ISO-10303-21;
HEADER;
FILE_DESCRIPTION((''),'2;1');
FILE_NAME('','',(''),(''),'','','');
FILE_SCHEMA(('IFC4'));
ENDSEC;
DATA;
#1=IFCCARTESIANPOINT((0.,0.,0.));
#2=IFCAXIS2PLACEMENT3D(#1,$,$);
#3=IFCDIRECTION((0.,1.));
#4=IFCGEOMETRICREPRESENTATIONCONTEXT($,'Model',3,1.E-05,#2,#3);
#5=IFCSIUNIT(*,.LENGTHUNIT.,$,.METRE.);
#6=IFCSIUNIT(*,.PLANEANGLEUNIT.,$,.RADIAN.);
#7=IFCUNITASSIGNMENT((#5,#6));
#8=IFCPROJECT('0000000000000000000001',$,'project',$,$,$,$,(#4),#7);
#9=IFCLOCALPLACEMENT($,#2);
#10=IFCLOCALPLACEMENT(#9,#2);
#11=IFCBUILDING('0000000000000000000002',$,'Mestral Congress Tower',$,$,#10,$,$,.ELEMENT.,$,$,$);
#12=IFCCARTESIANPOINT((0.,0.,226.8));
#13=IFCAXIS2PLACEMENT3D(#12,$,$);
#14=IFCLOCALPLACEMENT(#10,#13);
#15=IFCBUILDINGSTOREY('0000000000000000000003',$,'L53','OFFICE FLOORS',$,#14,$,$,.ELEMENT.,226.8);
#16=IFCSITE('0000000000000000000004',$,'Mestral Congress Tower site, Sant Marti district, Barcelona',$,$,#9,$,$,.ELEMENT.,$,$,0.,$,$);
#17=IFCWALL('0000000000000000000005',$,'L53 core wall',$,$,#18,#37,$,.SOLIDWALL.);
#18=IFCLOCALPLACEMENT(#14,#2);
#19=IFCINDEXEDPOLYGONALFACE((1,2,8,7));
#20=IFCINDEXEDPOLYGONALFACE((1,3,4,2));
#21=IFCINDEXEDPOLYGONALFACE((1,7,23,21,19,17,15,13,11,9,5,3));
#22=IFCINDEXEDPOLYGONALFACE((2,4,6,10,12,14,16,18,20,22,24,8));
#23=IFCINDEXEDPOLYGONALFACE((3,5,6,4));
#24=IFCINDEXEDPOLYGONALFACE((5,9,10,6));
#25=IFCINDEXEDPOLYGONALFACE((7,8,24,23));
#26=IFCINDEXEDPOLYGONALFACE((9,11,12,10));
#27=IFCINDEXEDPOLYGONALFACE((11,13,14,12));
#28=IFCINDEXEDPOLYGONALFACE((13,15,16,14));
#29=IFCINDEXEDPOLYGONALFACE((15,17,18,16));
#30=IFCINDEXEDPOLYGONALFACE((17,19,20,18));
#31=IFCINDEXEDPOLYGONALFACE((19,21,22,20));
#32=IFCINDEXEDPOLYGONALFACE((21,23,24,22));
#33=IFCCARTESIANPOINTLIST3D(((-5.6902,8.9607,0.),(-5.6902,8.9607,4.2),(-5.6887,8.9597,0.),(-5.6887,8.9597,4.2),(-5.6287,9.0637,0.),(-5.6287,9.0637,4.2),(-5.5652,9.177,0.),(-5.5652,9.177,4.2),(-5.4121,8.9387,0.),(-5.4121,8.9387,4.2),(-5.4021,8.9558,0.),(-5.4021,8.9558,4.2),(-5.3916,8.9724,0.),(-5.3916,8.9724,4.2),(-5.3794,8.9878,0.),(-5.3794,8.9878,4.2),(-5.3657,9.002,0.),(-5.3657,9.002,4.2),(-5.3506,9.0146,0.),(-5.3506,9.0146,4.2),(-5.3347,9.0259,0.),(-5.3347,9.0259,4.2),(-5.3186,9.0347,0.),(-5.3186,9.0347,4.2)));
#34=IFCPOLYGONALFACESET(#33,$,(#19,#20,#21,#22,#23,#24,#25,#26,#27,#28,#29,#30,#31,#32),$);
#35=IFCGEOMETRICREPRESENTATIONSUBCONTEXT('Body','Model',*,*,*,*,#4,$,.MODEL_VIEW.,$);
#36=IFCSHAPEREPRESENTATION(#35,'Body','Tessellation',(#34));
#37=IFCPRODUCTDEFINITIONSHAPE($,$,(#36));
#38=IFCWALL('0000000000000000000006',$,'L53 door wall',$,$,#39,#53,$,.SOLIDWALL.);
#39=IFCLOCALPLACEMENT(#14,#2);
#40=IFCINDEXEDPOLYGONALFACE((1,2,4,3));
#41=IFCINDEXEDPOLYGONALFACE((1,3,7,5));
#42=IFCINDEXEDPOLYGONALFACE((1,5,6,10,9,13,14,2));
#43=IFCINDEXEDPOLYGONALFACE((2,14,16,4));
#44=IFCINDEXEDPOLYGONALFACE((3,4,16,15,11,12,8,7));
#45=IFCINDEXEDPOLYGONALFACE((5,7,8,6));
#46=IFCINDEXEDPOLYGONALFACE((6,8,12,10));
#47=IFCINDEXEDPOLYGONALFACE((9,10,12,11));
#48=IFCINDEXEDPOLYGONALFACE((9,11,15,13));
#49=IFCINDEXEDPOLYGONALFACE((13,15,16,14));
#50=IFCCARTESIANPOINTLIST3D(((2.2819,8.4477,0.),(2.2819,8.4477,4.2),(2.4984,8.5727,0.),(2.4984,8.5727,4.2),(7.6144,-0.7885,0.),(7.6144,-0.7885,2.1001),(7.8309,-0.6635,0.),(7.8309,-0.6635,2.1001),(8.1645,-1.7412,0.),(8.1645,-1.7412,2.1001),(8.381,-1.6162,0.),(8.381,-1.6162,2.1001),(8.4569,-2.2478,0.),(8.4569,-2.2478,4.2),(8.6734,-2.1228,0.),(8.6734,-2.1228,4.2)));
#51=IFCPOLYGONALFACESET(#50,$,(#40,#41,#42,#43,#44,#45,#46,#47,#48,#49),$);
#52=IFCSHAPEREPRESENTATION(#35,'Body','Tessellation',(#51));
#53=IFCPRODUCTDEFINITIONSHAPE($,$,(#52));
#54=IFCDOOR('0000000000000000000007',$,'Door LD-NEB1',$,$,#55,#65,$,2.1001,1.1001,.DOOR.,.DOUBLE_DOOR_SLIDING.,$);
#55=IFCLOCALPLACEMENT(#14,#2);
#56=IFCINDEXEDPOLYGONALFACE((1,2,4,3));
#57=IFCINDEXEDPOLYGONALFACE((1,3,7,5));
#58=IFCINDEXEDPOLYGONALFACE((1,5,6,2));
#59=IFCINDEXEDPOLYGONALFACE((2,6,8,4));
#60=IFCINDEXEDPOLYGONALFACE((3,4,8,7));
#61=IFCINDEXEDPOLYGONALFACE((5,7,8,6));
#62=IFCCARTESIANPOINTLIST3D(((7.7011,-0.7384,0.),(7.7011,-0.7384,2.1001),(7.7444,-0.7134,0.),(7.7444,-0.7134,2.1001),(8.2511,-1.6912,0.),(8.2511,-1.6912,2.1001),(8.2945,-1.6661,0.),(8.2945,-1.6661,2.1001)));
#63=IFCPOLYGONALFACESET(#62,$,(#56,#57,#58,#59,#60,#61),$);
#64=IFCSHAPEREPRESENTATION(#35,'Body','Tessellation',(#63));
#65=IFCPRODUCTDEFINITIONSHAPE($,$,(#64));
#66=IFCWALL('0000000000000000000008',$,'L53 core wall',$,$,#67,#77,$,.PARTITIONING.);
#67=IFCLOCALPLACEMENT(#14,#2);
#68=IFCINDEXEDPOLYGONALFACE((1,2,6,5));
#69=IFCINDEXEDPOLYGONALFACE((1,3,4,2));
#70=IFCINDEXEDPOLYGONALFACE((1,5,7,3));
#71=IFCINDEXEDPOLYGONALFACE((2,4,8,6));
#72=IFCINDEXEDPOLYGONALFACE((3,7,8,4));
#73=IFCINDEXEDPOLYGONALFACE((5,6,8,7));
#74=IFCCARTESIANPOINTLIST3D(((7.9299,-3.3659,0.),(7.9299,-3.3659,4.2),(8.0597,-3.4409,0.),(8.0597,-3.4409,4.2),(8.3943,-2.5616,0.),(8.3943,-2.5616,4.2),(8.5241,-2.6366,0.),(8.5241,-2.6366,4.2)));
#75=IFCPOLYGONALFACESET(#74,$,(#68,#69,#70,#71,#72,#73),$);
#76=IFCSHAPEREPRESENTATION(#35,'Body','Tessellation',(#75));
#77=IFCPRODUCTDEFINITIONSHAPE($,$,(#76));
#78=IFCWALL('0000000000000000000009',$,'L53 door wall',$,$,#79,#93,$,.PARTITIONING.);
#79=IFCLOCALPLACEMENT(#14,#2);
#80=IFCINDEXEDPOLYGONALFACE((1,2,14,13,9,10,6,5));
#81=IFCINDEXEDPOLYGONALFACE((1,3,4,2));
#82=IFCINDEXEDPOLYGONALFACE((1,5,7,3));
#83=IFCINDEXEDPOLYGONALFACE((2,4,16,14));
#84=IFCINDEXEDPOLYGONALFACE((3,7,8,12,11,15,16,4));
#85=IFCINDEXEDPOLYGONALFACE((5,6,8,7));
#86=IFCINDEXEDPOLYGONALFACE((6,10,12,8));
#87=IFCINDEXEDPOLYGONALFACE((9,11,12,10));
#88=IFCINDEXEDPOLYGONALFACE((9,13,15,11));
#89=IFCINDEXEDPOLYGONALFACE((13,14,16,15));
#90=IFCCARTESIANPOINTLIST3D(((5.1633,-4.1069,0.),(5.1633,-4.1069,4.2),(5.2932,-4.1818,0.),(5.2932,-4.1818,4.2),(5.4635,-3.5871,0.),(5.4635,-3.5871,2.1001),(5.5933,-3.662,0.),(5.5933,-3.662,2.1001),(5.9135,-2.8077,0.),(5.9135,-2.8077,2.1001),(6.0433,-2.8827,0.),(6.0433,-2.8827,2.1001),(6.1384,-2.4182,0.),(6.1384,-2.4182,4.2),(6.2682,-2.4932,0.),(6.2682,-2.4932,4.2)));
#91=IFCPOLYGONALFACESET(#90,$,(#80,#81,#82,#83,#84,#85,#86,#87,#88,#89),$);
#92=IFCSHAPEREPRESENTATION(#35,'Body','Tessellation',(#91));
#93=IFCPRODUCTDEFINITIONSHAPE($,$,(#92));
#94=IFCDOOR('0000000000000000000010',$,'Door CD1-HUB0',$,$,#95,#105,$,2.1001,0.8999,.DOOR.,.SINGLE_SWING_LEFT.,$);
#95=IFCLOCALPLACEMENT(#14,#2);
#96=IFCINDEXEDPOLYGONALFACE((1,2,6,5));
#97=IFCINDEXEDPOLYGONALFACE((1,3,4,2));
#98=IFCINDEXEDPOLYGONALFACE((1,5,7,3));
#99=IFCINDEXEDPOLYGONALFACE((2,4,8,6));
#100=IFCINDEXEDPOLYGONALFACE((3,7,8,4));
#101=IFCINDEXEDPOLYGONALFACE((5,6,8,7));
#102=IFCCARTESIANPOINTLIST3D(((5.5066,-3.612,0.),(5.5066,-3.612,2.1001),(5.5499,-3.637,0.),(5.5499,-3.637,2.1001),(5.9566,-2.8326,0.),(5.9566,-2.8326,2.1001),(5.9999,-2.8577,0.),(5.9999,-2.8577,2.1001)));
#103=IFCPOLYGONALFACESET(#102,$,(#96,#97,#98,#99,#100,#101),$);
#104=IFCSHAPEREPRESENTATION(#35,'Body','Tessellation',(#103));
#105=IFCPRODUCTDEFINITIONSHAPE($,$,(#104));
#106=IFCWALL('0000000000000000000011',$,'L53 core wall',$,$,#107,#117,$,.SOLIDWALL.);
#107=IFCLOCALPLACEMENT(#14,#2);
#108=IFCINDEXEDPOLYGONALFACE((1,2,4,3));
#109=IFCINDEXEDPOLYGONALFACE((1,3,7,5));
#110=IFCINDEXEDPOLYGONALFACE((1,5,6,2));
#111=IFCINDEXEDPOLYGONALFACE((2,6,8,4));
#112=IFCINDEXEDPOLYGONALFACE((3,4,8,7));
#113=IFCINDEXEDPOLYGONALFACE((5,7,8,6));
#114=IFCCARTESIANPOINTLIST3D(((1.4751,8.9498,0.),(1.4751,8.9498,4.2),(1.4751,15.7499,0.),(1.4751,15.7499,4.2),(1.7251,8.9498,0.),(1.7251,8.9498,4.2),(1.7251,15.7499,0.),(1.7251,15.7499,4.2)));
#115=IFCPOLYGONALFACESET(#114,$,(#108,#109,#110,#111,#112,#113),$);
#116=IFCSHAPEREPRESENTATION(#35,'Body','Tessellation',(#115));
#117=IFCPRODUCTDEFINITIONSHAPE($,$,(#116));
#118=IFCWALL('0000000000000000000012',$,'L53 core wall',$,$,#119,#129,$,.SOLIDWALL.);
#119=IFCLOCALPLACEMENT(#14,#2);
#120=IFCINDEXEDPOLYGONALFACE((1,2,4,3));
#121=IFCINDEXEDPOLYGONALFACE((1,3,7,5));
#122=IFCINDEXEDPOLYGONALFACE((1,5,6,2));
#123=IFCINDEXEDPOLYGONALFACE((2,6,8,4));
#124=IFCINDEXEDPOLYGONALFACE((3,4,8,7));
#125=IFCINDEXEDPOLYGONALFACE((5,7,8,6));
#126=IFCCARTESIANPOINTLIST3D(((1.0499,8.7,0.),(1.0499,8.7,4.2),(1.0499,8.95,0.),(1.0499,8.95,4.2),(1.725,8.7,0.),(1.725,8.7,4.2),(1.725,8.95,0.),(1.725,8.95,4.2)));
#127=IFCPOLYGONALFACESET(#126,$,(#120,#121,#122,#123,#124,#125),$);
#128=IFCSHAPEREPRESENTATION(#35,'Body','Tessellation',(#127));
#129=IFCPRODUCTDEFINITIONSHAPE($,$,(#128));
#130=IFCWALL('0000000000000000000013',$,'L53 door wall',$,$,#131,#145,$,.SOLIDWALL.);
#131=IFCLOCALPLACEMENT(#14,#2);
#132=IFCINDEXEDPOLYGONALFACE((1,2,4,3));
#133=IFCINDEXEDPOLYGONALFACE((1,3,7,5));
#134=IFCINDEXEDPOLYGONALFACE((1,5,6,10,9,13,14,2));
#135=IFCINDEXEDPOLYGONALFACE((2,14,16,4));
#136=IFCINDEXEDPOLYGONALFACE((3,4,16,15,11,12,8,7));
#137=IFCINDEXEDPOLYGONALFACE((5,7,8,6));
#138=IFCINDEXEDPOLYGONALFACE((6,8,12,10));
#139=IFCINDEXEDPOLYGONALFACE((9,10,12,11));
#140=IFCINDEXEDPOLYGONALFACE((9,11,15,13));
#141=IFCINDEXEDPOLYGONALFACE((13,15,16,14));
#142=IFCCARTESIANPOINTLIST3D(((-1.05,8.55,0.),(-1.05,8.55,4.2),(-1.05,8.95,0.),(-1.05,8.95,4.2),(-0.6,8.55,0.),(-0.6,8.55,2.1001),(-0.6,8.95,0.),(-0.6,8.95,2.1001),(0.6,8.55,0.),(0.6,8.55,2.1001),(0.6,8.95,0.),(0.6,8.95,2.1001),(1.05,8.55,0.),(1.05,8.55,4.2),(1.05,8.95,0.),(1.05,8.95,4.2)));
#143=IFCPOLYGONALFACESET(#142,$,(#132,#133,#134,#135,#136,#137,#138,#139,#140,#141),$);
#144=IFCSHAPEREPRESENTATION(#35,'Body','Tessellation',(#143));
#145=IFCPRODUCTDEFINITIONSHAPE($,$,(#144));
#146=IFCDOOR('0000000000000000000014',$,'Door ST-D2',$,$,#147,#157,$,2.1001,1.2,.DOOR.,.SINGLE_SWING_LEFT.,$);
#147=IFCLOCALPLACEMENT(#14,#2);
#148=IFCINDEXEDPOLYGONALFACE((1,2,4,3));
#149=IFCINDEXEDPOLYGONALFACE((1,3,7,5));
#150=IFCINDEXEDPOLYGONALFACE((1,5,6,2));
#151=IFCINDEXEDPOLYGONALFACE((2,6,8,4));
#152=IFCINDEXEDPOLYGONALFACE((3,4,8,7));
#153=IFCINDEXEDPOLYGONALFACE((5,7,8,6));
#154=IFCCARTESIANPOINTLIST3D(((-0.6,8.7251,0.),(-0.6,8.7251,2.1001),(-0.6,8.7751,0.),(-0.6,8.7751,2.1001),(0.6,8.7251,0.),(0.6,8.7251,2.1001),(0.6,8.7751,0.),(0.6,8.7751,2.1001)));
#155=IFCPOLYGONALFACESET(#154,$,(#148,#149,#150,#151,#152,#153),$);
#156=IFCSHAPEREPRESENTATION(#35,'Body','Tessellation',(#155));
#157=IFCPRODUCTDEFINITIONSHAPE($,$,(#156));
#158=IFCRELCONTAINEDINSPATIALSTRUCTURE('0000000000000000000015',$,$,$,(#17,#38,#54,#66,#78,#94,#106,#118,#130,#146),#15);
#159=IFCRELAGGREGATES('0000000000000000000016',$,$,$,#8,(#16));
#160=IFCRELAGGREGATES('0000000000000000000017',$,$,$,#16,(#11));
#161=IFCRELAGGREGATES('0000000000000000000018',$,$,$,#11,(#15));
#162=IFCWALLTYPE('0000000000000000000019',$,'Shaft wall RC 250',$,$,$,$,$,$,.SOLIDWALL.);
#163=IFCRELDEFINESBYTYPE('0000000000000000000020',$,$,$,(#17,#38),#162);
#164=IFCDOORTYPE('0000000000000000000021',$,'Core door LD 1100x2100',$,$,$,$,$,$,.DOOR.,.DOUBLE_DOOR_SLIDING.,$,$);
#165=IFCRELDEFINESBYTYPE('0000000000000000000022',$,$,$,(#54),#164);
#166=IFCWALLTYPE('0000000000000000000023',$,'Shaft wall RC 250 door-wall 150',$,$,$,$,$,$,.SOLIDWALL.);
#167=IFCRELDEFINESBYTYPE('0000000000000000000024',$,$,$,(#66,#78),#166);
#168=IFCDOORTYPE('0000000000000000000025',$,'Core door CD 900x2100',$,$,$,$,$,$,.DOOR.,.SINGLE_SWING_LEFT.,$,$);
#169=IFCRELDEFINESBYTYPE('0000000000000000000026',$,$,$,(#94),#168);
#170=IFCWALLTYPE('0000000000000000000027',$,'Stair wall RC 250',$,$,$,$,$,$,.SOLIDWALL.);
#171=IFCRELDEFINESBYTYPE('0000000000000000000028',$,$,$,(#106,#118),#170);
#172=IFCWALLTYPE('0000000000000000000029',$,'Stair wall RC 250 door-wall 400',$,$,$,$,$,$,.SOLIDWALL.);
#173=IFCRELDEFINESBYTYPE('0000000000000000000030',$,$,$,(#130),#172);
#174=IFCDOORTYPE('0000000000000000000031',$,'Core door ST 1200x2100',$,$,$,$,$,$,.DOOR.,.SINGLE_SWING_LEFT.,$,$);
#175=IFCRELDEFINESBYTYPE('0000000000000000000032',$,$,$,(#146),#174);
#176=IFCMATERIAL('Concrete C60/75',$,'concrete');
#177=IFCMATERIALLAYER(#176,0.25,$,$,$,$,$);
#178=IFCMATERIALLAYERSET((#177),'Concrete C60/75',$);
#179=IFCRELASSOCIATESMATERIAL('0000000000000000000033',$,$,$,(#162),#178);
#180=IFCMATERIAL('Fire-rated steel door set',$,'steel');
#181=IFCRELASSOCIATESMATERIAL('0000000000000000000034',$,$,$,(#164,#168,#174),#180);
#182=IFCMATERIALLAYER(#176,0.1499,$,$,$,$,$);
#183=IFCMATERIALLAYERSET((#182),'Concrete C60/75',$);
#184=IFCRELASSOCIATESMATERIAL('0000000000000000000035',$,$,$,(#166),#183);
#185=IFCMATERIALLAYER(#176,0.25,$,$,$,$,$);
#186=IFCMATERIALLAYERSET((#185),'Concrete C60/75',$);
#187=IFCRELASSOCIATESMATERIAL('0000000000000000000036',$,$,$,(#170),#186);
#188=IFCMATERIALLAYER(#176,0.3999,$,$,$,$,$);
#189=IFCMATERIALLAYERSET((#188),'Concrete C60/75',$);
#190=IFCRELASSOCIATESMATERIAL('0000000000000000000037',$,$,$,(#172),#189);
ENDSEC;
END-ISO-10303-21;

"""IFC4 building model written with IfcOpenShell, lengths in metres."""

from ifc_helpers import new_model, si_unit, direction, frame, frame_2d, origin, place, context, subcontext, project, spatial, polyline, rectangle, outline, extrude, material, layer, layer_set, type_object, element, fill, save


model = new_model("IFC4")

# Units and contexts
model_context = context("Model", 3, precision=1e-05, world=origin(), true_north=direction((0.0, 1.0)))
body_context = subcontext(model_context, "Body", "Model", "MODEL_VIEW")
ifc_project = project(units=[si_unit("LENGTHUNIT", "METRE"), si_unit("PLANEANGLEUNIT", "RADIAN")], contexts=[model_context])

# Site, building, storey
site_placement = place(None, origin())
site = spatial("IfcSite", under=ifc_project, at=site_placement, Name="Mestral Congress Tower site, Sant Marti district, Barcelona", CompositionType="ELEMENT", RefElevation=0.0)
building_placement = place(site_placement, origin())
building = spatial("IfcBuilding", under=site, at=building_placement, Name="Mestral Congress Tower", CompositionType="ELEMENT")
storey_placement = place(building_placement, frame((0.0, 0.0, 226.8)))
storey = spatial("IfcBuildingStorey", under=building, at=storey_placement, Name="L53", Description="OFFICE FLOORS", CompositionType="ELEMENT", Elevation=226.8)

# Shared definitions
ifc_material_1 = material(Name="Concrete C60/75", Category="concrete")

# Shared definitions
ifc_material_2 = material(Name="Fire-rated steel door set", Category="steel")

# Wall
ifc_layer_1 = layer(ifc_material_1, 0.25)
ifc_layer_set_1 = layer_set([ifc_layer_1], Name="Concrete C60/75")
wall_type_1 = type_object("IfcWallType", Name="Shaft wall RC 250", PredefinedType="SOLIDWALL", material=ifc_layer_set_1)
placement = place(storey_placement, origin())
element("IfcWall", 1, at=placement, inside=storey, type_object=wall_type_1, Name="L53 core wall", PredefinedType="SOLIDWALL", context=body_context, shape_type="SweptSolid", body=[
    extrude(outline(polyline([(-5.6887, 8.9597), (-5.6902, 8.9607), (-5.5652, 9.177), (-5.3186, 9.0347), (-5.3347, 9.0259), (-5.3506, 9.0146), (-5.3657, 9.002), (-5.3794, 8.9878), (-5.3916, 8.9724), (-5.4021, 8.9558), (-5.4121, 8.9387), (-5.6287, 9.0637), (-5.6287, 9.0637), (-5.6887, 8.9597)])), origin(), (0.0, 0.0, 1.0), 4.2),
])

# Wall, opening, door
wall_1_placement = place(storey_placement, frame((8.5652, -2.1853, 0.0), z_axis=(0.0, 0.0, 1.0), x_axis=(-0.499998, 0.866027, 0.0)))
wall_1 = element("IfcWall", 2, at=wall_1_placement, inside=storey, type_object=wall_type_1, Name="L53 door wall", PredefinedType="SOLIDWALL", context=body_context, shape_type="SweptSolid", body=[
    extrude(rectangle(XDim=12.3501, YDim=0.25, at=frame_2d((6.175, 0.0))), origin(), (0.0, 0.0, 1.0), 4.2),
])
opening_1_placement = place(wall_1_placement, frame((0.585, 0.0, 0.0)))
opening_1 = element("IfcOpeningElement", 3, at=opening_1_placement, cuts=wall_1, PredefinedType="OPENING", context=body_context, shape_type="SweptSolid", body=[
    extrude(rectangle(XDim=1.1001, YDim=2.1001, at=frame_2d((0.55, 1.05))), frame((0.0, 0.135, 0.0), z_axis=(0.0, -1.0, 0.0), x_axis=(1.0, 0.0, 0.0)), (0.0, 0.0, 1.0), 0.27),
])
door_type_1 = type_object("IfcDoorType", Name="Core door LD 1100x2100", OperationType="DOUBLE_DOOR_SLIDING", PredefinedType="DOOR", material=ifc_material_2)
door_1_placement = place(opening_1_placement, origin())
door_1 = element("IfcDoor", 4, at=door_1_placement, inside=storey, type_object=door_type_1, Name="Door LD-NEB1", OperationType="DOUBLE_DOOR_SLIDING", OverallHeight=2.1001, OverallWidth=1.1001, PredefinedType="DOOR", context=body_context, shape_type="SweptSolid", body=[
    extrude(rectangle(XDim=1.1001, YDim=2.1001, at=frame_2d((0.55, 1.05))), frame((0.0, 0.0249, 0.0), z_axis=(0.0, -1.0, 0.0), x_axis=(1.0, 0.0, 0.0)), (0.0, 0.0, 1.0), 0.05),
])
fill(opening_1, door_1)

# Wall
ifc_layer_2 = layer(ifc_material_1, 0.1499)
ifc_layer_set_2 = layer_set([ifc_layer_2], Name="Concrete C60/75")
wall_type_2 = type_object("IfcWallType", Name="Shaft wall RC 250 door-wall 150", PredefinedType="SOLIDWALL", material=ifc_layer_set_2)
wall_2_placement = place(storey_placement, frame((8.4592, -2.5991, 0.0), z_axis=(0.0, 0.0, 1.0), x_axis=(-0.500041, -0.866002, 0.0)))
element("IfcWall", 5, at=wall_2_placement, inside=storey, type_object=wall_type_2, Name="L53 core wall", PredefinedType="PARTITIONING", context=body_context, shape_type="SweptSolid", body=[
    extrude(rectangle(XDim=0.9287, YDim=0.1499, at=frame_2d((0.4644, 0.0))), origin(), (0.0, 0.0, 1.0), 4.2),
])

# Wall, opening, door
wall_3_placement = place(storey_placement, frame((6.2034, -2.4556, 0.0), z_axis=(0.0, 0.0, 1.0), x_axis=(-0.500044, -0.866, 0.0)))
wall_3 = element("IfcWall", 6, at=wall_3_placement, inside=storey, type_object=wall_type_2, Name="L53 door wall", PredefinedType="PARTITIONING", context=body_context, shape_type="SweptSolid", body=[
    extrude(rectangle(XDim=1.95, YDim=0.1499, at=frame_2d((0.9751, 0.0))), origin(), (0.0, 0.0, 1.0), 4.2),
])
opening_2_placement = place(wall_3_placement, frame((0.45, 0.0, 0.0)))
opening_2 = element("IfcOpeningElement", 7, at=opening_2_placement, cuts=wall_3, PredefinedType="OPENING", context=body_context, shape_type="SweptSolid", body=[
    extrude(rectangle(XDim=0.8999, YDim=2.1001, at=frame_2d((0.45, 1.05))), frame((0.0, 0.085, 0.0), z_axis=(0.0, -1.0, 0.0), x_axis=(1.0, 0.0, 0.0)), (0.0, 0.0, 1.0), 0.1699),
])
door_type_2 = type_object("IfcDoorType", Name="Core door CD 900x2100", OperationType="SINGLE_SWING_LEFT", PredefinedType="DOOR", material=ifc_material_2)
door_2_placement = place(opening_2_placement, origin())
door_2 = element("IfcDoor", 8, at=door_2_placement, inside=storey, type_object=door_type_2, Name="Door CD1-HUB0", OperationType="SINGLE_SWING_LEFT", OverallHeight=2.1001, OverallWidth=0.8999, PredefinedType="DOOR", context=body_context, shape_type="SweptSolid", body=[
    extrude(rectangle(XDim=0.8999, YDim=2.1001, at=frame_2d((0.45, 1.05))), frame((0.0, 0.0249, 0.0), z_axis=(0.0, -1.0, 0.0), x_axis=(1.0, 0.0, 0.0)), (0.0, 0.0, 1.0), 0.05),
])
fill(opening_2, door_2)

# Walls
ifc_layer_3 = layer(ifc_material_1, 0.25)
ifc_layer_set_3 = layer_set([ifc_layer_3], Name="Concrete C60/75")
wall_type_3 = type_object("IfcWallType", Name="Stair wall RC 250", PredefinedType="SOLIDWALL", material=ifc_layer_set_3)
wall_4_placement = place(storey_placement, frame((1.6001, 8.95, 0.0), z_axis=(0.0, 0.0, 1.0), x_axis=(0.0, 1.0, 0.0)))
element("IfcWall", 9, at=wall_4_placement, inside=storey, type_object=wall_type_3, Name="L53 core wall", PredefinedType="SOLIDWALL", context=body_context, shape_type="SweptSolid", body=[
    extrude(rectangle(XDim=6.8, YDim=0.25, at=frame_2d((3.3999, 0.0))), origin(), (0.0, 0.0, 1.0), 4.2),
])
wall_5_placement = place(storey_placement, frame((1.05, 8.825, 0.0), z_axis=(0.0, 0.0, 1.0), x_axis=(1.0, 0.0, 0.0)))
element("IfcWall", 10, at=wall_5_placement, inside=storey, type_object=wall_type_3, Name="L53 core wall", PredefinedType="SOLIDWALL", context=body_context, shape_type="SweptSolid", body=[
    extrude(rectangle(XDim=0.675, YDim=0.25, at=frame_2d((0.3374, 0.0))), origin(), (0.0, 0.0, 1.0), 4.2),
])

# Wall, opening, door
ifc_layer_4 = layer(ifc_material_1, 0.3999)
ifc_layer_set_4 = layer_set([ifc_layer_4], Name="Concrete C60/75")
wall_type_4 = type_object("IfcWallType", Name="Stair wall RC 250 door-wall 400", PredefinedType="SOLIDWALL", material=ifc_layer_set_4)
wall_6_placement = place(storey_placement, frame((1.05, 8.75, 0.0), z_axis=(0.0, 0.0, 1.0), x_axis=(-1.0, 0.0, 0.0)))
wall_6 = element("IfcWall", 11, at=wall_6_placement, inside=storey, type_object=wall_type_4, Name="L53 door wall", PredefinedType="SOLIDWALL", context=body_context, shape_type="SweptSolid", body=[
    extrude(rectangle(XDim=2.1001, YDim=0.3999, at=frame_2d((1.05, 0.0))), origin(), (0.0, 0.0, 1.0), 4.2),
])
opening_3_placement = place(wall_6_placement, frame((0.45, 0.0, 0.0)))
opening_3 = element("IfcOpeningElement", 12, at=opening_3_placement, cuts=wall_6, PredefinedType="OPENING", context=body_context, shape_type="SweptSolid", body=[
    extrude(rectangle(XDim=1.2, YDim=2.1001, at=frame_2d((0.6001, 1.05))), frame((0.0, 0.21, 0.0), z_axis=(0.0, -1.0, 0.0), x_axis=(1.0, 0.0, 0.0)), (0.0, 0.0, 1.0), 0.4199),
])
door_type_3 = type_object("IfcDoorType", Name="Core door ST 1200x2100", OperationType="SINGLE_SWING_LEFT", PredefinedType="DOOR", material=ifc_material_2)
door_3_placement = place(opening_3_placement, origin())
door_3 = element("IfcDoor", 13, at=door_3_placement, inside=storey, type_object=door_type_3, Name="Door ST-D2", OperationType="SINGLE_SWING_LEFT", OverallHeight=2.1001, OverallWidth=1.2, PredefinedType="DOOR", context=body_context, shape_type="SweptSolid", body=[
    extrude(rectangle(XDim=1.2, YDim=2.1001, at=frame_2d((0.6001, 1.05))), frame((0.0, 0.0249, 0.0), z_axis=(0.0, -1.0, 0.0), x_axis=(1.0, 0.0, 0.0)), (0.0, 0.0, 1.0), 0.05),
])
fill(opening_3, door_3)

save(model, "model.ifc")
